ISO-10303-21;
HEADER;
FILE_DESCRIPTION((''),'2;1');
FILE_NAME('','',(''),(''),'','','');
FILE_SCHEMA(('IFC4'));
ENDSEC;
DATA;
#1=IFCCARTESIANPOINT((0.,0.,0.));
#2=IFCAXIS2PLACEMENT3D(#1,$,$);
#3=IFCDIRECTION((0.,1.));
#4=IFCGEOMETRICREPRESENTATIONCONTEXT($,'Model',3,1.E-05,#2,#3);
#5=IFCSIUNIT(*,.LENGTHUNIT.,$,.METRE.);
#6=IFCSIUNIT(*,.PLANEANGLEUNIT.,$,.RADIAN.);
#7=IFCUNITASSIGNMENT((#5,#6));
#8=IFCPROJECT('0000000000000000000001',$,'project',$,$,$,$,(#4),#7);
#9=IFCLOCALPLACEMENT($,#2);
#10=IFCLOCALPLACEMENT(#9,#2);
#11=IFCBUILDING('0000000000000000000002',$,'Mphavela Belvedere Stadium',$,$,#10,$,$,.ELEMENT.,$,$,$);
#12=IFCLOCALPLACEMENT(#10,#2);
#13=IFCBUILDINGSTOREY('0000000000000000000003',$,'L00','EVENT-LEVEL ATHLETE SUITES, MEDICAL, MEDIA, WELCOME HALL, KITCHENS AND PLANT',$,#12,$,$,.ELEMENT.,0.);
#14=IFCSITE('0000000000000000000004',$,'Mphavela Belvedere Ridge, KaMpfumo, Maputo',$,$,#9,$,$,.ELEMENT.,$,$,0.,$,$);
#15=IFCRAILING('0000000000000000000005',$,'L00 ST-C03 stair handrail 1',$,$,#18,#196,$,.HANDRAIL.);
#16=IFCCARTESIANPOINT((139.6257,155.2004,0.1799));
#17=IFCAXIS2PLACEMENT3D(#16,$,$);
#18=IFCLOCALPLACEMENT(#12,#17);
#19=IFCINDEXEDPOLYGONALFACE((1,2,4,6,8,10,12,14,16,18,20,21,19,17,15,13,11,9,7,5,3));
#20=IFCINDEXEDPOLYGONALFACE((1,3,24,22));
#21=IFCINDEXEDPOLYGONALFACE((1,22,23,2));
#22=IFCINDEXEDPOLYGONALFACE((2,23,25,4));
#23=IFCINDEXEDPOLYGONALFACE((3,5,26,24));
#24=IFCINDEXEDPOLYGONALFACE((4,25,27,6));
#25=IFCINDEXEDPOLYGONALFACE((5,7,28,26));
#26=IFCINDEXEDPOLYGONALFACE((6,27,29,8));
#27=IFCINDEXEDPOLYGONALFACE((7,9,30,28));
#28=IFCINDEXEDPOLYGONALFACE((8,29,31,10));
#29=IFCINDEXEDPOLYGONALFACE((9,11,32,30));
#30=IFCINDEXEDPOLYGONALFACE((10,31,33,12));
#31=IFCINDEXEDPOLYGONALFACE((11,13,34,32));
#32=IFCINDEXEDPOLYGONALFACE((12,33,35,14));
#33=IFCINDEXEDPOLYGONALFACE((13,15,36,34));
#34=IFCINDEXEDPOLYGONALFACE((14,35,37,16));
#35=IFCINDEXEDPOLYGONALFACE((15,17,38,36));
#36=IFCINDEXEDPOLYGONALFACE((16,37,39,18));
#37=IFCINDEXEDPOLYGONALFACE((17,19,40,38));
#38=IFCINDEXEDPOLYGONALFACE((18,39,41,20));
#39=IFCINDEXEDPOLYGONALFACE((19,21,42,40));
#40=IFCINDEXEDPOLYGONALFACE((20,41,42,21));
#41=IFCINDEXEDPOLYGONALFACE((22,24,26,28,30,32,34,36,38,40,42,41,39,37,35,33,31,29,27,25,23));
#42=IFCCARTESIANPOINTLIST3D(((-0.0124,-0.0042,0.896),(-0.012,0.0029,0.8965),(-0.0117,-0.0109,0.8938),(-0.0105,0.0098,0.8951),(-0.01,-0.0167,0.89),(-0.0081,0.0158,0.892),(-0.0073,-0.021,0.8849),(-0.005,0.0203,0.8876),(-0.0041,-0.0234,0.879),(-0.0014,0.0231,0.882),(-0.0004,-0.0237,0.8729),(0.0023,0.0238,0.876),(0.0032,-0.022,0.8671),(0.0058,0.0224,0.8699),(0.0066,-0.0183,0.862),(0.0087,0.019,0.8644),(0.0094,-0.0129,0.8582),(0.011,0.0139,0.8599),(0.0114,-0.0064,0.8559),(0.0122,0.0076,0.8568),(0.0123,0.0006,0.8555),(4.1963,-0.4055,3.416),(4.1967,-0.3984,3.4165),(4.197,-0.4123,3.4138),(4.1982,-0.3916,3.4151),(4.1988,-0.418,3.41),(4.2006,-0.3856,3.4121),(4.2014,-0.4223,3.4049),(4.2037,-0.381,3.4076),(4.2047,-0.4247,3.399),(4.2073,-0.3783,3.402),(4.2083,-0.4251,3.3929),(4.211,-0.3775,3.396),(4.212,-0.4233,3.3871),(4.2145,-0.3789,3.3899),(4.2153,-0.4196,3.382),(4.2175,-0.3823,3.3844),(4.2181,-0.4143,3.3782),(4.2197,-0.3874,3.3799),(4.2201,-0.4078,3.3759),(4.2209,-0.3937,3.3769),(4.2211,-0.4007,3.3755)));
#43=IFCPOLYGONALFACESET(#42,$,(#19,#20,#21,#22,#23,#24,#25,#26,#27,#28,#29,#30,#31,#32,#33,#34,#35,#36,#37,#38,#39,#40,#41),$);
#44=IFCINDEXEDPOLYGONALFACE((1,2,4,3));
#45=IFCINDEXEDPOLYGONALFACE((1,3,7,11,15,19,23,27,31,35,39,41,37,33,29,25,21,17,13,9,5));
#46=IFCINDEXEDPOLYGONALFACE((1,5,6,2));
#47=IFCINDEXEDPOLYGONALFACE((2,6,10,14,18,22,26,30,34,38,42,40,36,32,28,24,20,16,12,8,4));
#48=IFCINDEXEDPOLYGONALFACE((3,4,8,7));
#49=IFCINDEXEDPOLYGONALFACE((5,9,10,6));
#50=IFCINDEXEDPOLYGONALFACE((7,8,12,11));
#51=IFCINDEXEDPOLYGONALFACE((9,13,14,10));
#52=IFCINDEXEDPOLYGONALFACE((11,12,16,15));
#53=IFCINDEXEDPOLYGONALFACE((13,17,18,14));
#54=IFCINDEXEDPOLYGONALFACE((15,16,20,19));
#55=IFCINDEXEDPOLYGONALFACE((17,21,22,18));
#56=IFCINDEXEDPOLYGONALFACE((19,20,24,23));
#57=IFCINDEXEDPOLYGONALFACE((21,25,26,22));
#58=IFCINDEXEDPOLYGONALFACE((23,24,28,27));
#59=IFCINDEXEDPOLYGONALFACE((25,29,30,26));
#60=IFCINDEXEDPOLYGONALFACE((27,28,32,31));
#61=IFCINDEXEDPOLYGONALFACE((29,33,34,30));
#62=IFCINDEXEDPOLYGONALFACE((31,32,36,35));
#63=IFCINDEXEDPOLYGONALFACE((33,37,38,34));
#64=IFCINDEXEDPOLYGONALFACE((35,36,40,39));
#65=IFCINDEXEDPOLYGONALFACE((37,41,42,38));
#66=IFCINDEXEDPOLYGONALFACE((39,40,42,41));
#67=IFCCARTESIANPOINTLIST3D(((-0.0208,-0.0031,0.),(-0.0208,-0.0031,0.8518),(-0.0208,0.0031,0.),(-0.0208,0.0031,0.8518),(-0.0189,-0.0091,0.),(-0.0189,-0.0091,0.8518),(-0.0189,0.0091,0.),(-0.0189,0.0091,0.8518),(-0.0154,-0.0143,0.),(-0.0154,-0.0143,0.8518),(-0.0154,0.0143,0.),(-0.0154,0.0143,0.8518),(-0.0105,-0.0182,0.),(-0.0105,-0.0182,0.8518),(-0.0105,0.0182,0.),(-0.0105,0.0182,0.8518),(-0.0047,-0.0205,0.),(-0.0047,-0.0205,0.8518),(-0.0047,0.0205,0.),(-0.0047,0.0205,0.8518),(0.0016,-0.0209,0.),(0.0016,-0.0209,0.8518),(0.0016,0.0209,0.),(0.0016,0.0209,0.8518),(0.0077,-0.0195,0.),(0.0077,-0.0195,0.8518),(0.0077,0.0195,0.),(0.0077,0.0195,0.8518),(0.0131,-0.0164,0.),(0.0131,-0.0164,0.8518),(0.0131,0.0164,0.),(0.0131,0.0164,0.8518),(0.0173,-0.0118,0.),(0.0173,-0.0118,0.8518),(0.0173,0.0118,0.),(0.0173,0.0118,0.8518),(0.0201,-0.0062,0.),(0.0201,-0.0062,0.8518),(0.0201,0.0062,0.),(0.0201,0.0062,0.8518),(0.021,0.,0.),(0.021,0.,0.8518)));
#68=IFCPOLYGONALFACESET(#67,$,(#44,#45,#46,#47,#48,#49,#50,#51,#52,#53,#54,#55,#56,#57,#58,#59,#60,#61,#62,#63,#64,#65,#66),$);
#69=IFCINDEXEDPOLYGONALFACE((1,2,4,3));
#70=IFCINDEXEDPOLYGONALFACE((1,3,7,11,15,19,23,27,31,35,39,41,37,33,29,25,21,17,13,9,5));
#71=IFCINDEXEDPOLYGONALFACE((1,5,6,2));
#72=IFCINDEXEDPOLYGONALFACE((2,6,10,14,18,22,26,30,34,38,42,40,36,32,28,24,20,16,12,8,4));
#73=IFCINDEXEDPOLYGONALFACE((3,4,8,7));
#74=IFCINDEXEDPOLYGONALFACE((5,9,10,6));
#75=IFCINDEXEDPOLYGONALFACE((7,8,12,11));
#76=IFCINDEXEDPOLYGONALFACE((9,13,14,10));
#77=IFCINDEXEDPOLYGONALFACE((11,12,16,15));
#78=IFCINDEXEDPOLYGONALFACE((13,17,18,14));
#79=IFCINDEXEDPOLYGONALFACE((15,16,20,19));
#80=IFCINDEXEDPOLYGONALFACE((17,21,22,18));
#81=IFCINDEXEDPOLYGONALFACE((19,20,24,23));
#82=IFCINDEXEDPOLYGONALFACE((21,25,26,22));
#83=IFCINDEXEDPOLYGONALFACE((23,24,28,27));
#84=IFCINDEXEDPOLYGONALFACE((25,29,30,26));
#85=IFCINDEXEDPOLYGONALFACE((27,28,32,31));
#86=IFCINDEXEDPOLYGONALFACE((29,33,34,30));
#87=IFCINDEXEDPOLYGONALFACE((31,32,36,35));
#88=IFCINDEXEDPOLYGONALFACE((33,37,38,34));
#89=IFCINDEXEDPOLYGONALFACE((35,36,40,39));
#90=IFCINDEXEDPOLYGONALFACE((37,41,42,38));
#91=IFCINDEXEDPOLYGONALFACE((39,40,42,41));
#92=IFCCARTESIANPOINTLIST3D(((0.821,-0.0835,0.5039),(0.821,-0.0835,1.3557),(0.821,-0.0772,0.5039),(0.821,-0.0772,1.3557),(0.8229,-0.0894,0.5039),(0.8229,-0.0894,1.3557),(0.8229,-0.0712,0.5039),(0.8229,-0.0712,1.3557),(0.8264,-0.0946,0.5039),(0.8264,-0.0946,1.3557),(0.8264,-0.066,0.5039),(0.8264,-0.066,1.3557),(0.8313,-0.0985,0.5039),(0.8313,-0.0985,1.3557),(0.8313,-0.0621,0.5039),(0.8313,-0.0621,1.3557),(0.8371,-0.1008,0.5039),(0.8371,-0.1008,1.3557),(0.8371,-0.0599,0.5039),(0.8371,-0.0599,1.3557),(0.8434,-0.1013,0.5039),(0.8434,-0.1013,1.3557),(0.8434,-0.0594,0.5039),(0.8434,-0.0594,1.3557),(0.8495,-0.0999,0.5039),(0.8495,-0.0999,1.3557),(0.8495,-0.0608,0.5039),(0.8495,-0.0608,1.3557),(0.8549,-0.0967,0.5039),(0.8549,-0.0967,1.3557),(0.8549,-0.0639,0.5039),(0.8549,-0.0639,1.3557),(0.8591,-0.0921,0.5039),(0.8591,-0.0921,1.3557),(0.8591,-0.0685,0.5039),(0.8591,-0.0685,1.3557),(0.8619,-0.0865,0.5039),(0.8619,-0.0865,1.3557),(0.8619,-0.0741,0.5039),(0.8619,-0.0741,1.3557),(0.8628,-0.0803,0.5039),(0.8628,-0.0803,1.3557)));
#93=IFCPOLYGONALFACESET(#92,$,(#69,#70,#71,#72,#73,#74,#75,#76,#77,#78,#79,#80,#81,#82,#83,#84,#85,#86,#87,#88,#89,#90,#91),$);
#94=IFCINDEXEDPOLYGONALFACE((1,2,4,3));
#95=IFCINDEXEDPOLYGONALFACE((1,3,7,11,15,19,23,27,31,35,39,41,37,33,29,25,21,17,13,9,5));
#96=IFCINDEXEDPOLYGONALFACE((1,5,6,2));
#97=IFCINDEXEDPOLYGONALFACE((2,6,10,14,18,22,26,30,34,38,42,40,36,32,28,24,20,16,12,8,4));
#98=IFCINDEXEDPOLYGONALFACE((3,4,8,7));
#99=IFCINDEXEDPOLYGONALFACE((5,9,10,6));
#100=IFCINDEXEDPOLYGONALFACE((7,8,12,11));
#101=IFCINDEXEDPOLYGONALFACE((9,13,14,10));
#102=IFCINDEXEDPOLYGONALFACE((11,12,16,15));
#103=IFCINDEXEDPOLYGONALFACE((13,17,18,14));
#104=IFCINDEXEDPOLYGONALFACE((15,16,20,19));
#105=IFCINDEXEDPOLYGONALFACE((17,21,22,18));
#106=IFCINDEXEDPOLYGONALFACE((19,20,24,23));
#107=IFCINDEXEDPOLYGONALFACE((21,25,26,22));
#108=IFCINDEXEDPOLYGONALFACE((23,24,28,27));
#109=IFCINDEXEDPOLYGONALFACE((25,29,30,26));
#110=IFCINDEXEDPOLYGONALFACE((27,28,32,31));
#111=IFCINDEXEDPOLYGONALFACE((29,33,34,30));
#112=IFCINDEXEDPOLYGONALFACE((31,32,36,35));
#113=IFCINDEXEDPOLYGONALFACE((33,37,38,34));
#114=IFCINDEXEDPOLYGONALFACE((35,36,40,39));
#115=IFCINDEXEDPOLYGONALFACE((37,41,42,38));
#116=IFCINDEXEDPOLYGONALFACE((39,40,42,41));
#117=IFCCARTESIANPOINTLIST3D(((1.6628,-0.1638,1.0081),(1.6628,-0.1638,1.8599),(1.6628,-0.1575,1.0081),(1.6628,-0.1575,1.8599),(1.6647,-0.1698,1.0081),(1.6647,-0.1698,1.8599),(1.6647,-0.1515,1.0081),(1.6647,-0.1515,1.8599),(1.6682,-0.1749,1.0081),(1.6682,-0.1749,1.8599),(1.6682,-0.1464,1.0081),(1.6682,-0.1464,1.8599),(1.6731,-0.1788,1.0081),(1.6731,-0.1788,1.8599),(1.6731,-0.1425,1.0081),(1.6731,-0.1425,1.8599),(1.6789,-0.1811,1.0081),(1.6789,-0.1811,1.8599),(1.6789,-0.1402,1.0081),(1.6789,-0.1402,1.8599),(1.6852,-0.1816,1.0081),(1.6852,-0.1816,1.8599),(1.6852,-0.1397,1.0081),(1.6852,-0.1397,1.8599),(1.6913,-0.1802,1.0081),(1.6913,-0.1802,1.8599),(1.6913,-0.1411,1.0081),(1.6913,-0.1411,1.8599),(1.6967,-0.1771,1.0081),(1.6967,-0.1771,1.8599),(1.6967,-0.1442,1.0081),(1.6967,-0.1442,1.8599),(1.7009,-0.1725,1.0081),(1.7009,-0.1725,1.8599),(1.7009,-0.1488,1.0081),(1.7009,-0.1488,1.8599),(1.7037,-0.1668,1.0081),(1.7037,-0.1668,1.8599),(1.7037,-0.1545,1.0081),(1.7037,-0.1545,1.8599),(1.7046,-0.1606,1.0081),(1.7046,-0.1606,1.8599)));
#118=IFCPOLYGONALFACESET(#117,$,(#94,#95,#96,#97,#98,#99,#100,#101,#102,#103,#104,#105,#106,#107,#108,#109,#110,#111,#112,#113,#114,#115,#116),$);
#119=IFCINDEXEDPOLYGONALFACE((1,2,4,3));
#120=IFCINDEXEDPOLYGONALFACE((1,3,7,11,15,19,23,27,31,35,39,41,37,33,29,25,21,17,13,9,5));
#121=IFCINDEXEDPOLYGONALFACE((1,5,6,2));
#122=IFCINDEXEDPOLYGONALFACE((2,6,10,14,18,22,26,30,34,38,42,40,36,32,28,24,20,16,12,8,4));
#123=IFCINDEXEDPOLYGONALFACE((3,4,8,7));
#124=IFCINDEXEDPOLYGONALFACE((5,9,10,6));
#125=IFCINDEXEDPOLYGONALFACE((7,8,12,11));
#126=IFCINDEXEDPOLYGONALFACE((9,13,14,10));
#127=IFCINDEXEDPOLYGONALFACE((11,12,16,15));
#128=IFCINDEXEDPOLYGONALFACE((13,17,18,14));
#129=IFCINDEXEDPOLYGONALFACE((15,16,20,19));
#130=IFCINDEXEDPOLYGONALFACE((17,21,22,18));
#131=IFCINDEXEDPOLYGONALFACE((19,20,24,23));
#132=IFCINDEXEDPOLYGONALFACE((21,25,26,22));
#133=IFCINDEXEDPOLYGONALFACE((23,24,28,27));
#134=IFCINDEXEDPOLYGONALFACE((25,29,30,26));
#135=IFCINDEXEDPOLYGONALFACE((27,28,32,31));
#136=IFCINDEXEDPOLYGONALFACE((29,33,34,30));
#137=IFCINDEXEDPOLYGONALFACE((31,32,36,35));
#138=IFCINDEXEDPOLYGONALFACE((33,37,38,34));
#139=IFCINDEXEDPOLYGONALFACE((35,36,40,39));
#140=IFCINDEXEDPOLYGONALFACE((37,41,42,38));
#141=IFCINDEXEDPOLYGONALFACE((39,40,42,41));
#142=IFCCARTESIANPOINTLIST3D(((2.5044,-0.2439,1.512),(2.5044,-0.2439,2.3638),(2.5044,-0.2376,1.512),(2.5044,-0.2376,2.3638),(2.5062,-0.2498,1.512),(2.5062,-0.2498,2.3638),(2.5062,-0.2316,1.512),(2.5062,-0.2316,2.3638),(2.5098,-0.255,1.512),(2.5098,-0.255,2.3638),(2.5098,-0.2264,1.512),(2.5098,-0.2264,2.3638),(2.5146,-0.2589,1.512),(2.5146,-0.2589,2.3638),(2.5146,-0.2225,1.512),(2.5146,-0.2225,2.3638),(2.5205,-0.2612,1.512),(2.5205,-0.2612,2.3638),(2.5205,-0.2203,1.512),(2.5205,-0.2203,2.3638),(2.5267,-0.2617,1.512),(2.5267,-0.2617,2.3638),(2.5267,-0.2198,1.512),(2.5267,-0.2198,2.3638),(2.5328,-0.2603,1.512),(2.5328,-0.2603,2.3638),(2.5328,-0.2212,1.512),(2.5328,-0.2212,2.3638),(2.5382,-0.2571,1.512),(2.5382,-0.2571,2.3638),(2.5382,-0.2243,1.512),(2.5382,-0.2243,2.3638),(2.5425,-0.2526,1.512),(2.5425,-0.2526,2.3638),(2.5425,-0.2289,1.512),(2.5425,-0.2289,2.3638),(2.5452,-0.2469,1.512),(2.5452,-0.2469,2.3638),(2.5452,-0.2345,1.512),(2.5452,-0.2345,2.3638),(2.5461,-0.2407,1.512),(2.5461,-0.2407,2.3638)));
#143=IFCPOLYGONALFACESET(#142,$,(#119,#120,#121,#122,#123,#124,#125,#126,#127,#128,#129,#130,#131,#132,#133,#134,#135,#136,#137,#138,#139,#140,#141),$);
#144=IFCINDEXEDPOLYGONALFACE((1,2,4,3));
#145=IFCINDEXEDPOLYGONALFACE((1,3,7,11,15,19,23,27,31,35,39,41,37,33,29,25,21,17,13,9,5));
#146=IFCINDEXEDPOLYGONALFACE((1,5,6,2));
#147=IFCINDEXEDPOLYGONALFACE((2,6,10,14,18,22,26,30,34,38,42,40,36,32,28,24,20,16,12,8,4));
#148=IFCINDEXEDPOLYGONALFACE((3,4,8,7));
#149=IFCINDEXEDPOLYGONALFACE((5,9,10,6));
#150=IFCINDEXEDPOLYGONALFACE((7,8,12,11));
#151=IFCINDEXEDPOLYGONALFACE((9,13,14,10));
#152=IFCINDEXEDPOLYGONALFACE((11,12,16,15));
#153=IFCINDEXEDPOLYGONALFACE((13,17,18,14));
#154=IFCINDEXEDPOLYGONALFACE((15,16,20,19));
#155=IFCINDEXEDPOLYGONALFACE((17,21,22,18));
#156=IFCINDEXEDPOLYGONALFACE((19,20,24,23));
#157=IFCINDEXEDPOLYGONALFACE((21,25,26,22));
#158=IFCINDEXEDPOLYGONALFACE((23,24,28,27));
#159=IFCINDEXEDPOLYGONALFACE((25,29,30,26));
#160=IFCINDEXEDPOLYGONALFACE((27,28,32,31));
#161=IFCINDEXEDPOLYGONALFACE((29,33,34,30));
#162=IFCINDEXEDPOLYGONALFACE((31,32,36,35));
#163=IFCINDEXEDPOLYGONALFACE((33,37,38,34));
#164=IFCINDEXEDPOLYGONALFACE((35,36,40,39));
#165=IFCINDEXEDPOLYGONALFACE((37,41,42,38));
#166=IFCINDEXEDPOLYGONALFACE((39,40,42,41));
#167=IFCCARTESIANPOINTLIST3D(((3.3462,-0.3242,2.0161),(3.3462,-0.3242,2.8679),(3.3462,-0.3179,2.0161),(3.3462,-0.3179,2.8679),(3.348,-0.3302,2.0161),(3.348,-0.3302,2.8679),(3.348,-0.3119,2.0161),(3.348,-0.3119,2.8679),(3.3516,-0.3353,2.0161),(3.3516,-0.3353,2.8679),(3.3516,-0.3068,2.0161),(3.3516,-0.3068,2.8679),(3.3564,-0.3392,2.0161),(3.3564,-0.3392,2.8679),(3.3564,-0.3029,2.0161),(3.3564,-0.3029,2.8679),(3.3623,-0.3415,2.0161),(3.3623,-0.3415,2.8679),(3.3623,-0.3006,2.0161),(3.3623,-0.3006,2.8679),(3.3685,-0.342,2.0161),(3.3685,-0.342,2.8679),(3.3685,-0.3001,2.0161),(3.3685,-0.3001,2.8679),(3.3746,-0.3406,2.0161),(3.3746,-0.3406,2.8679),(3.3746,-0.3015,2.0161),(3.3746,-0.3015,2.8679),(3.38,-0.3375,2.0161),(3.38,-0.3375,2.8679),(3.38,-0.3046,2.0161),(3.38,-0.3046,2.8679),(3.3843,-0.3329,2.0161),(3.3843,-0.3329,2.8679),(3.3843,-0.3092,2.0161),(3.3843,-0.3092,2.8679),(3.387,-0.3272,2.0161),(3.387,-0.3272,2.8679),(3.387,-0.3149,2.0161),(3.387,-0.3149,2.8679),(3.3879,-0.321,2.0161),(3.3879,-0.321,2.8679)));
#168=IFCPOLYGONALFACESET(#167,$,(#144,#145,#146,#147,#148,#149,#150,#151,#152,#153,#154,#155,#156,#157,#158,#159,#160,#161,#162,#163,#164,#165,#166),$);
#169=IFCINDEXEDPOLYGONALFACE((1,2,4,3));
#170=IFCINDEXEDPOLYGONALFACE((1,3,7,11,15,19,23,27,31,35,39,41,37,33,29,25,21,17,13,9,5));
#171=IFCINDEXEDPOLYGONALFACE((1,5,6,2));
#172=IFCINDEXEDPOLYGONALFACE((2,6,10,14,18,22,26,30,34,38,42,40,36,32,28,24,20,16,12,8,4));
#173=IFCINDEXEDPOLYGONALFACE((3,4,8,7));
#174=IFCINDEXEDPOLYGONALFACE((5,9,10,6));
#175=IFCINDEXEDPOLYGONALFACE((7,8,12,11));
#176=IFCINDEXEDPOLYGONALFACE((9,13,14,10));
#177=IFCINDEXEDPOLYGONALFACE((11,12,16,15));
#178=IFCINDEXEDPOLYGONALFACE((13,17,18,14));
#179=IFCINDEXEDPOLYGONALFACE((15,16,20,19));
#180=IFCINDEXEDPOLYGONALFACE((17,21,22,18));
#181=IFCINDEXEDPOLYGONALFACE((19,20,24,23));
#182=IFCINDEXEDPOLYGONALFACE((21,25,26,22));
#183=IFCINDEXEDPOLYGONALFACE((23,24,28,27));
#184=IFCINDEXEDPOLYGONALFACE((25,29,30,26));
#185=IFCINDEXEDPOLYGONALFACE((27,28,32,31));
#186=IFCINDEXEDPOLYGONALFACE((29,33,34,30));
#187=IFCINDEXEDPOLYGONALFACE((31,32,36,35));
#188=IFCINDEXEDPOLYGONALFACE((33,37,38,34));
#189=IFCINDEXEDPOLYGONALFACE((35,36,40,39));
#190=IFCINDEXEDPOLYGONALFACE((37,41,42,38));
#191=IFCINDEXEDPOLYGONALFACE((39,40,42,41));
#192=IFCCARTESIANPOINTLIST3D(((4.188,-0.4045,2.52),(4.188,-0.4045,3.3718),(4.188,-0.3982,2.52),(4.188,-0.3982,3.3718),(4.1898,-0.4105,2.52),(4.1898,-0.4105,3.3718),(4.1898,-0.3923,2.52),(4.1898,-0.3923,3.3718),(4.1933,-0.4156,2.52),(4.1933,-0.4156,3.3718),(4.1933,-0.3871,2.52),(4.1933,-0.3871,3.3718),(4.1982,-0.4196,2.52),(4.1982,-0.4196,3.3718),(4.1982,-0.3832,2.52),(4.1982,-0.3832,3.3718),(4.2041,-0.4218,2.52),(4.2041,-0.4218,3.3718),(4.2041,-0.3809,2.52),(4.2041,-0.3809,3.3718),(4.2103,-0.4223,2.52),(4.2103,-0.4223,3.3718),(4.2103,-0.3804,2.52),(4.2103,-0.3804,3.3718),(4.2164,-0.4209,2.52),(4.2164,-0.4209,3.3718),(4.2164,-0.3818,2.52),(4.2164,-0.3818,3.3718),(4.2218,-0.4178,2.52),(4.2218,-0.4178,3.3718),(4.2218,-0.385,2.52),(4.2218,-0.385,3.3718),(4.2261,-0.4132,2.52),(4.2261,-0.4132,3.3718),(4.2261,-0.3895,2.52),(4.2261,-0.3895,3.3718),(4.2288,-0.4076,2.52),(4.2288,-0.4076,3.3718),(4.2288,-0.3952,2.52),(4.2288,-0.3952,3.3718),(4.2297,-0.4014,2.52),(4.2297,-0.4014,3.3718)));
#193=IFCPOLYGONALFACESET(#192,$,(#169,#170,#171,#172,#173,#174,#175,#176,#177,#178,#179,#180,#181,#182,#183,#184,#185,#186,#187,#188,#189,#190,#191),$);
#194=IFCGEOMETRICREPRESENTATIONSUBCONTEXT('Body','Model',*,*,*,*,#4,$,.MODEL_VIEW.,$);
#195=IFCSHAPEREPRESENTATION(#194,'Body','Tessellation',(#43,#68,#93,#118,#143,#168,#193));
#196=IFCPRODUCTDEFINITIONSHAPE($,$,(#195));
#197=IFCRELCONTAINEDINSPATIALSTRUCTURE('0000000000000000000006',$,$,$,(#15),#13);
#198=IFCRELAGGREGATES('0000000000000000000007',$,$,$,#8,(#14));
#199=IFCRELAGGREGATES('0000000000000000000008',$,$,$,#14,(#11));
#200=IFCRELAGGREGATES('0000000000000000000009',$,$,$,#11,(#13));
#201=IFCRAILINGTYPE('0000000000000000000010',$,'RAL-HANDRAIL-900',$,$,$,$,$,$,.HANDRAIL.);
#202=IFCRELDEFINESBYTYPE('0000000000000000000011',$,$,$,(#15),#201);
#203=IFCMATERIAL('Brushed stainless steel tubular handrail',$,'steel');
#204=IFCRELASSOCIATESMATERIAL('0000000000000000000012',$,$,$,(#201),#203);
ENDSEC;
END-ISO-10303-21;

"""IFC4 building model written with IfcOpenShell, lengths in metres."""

from ifc_helpers import new_model, si_unit, direction, frame, origin, origin_2d, place, context, subcontext, project, spatial, circle, extrude, material, type_object, element, save


model = new_model("IFC4")

# Units and contexts
model_context = context("Model", 3, precision=1e-05, world=origin(), true_north=direction((0.0, 1.0)))
body_context = subcontext(model_context, "Body", "Model", "MODEL_VIEW")
ifc_project = project(units=[si_unit("LENGTHUNIT", "METRE"), si_unit("PLANEANGLEUNIT", "RADIAN")], contexts=[model_context])

# Site, building, storey
site_placement = place(None, origin())
site = spatial("IfcSite", under=ifc_project, at=site_placement, Name="Mphavela Belvedere Ridge, KaMpfumo, Maputo", CompositionType="ELEMENT", RefElevation=0.0)
building_placement = place(site_placement, origin())
building = spatial("IfcBuilding", under=site, at=building_placement, Name="Mphavela Belvedere Stadium", CompositionType="ELEMENT")
storey_placement = place(building_placement, origin())
storey = spatial("IfcBuildingStorey", under=building, at=storey_placement, Name="L00", Description="EVENT-LEVEL ATHLETE SUITES, MEDICAL, MEDIA, WELCOME HALL, KITCHENS AND PLANT", CompositionType="ELEMENT", Elevation=0.0)

# Railing
ifc_material_1 = material(Name="Brushed stainless steel tubular handrail", Category="steel")
railing_type_1 = type_object("IfcRailingType", Name="RAL-HANDRAIL-900", PredefinedType="HANDRAIL", material=ifc_material_1)
railing_1_placement = place(storey_placement, frame((139.6257, 155.2004, 0.1799)))
element("IfcRailing", 1, at=railing_1_placement, inside=storey, type_object=railing_type_1, Name="L00 ST-C03 stair handrail 1", PredefinedType="HANDRAIL", context=body_context, shape_type="SweptSolid", body=[
    extrude(circle(Radius=0.0239, at=origin_2d()), frame((0.0, 0.0, 0.876), z_axis=(0.855105, -0.081547, 0.512001), x_axis=(0.094934, 0.995484, 0.0)), (0.0, 0.0, 1.0), 4.9219),
    extrude(circle(Radius=0.021, at=origin_2d()), origin(), (0.0, 0.0, 1.0), 0.8518),
    extrude(circle(Radius=0.021, at=origin_2d()), frame((0.8418, -0.0803, 0.5039)), (0.0, 0.0, 1.0), 0.8518),
    extrude(circle(Radius=0.021, at=origin_2d()), frame((1.6836, -0.1606, 1.0081)), (0.0, 0.0, 1.0), 0.8518),
    extrude(circle(Radius=0.021, at=origin_2d()), frame((2.5251, -0.2407, 1.512)), (0.0, 0.0, 1.0), 0.8518),
    extrude(circle(Radius=0.021, at=origin_2d()), frame((3.3669, -0.321, 2.0161)), (0.0, 0.0, 1.0), 0.8518),
    extrude(circle(Radius=0.021, at=origin_2d()), frame((4.2087, -0.4014, 2.52)), (0.0, 0.0, 1.0), 0.8518),
])

save(model, "model.ifc")
